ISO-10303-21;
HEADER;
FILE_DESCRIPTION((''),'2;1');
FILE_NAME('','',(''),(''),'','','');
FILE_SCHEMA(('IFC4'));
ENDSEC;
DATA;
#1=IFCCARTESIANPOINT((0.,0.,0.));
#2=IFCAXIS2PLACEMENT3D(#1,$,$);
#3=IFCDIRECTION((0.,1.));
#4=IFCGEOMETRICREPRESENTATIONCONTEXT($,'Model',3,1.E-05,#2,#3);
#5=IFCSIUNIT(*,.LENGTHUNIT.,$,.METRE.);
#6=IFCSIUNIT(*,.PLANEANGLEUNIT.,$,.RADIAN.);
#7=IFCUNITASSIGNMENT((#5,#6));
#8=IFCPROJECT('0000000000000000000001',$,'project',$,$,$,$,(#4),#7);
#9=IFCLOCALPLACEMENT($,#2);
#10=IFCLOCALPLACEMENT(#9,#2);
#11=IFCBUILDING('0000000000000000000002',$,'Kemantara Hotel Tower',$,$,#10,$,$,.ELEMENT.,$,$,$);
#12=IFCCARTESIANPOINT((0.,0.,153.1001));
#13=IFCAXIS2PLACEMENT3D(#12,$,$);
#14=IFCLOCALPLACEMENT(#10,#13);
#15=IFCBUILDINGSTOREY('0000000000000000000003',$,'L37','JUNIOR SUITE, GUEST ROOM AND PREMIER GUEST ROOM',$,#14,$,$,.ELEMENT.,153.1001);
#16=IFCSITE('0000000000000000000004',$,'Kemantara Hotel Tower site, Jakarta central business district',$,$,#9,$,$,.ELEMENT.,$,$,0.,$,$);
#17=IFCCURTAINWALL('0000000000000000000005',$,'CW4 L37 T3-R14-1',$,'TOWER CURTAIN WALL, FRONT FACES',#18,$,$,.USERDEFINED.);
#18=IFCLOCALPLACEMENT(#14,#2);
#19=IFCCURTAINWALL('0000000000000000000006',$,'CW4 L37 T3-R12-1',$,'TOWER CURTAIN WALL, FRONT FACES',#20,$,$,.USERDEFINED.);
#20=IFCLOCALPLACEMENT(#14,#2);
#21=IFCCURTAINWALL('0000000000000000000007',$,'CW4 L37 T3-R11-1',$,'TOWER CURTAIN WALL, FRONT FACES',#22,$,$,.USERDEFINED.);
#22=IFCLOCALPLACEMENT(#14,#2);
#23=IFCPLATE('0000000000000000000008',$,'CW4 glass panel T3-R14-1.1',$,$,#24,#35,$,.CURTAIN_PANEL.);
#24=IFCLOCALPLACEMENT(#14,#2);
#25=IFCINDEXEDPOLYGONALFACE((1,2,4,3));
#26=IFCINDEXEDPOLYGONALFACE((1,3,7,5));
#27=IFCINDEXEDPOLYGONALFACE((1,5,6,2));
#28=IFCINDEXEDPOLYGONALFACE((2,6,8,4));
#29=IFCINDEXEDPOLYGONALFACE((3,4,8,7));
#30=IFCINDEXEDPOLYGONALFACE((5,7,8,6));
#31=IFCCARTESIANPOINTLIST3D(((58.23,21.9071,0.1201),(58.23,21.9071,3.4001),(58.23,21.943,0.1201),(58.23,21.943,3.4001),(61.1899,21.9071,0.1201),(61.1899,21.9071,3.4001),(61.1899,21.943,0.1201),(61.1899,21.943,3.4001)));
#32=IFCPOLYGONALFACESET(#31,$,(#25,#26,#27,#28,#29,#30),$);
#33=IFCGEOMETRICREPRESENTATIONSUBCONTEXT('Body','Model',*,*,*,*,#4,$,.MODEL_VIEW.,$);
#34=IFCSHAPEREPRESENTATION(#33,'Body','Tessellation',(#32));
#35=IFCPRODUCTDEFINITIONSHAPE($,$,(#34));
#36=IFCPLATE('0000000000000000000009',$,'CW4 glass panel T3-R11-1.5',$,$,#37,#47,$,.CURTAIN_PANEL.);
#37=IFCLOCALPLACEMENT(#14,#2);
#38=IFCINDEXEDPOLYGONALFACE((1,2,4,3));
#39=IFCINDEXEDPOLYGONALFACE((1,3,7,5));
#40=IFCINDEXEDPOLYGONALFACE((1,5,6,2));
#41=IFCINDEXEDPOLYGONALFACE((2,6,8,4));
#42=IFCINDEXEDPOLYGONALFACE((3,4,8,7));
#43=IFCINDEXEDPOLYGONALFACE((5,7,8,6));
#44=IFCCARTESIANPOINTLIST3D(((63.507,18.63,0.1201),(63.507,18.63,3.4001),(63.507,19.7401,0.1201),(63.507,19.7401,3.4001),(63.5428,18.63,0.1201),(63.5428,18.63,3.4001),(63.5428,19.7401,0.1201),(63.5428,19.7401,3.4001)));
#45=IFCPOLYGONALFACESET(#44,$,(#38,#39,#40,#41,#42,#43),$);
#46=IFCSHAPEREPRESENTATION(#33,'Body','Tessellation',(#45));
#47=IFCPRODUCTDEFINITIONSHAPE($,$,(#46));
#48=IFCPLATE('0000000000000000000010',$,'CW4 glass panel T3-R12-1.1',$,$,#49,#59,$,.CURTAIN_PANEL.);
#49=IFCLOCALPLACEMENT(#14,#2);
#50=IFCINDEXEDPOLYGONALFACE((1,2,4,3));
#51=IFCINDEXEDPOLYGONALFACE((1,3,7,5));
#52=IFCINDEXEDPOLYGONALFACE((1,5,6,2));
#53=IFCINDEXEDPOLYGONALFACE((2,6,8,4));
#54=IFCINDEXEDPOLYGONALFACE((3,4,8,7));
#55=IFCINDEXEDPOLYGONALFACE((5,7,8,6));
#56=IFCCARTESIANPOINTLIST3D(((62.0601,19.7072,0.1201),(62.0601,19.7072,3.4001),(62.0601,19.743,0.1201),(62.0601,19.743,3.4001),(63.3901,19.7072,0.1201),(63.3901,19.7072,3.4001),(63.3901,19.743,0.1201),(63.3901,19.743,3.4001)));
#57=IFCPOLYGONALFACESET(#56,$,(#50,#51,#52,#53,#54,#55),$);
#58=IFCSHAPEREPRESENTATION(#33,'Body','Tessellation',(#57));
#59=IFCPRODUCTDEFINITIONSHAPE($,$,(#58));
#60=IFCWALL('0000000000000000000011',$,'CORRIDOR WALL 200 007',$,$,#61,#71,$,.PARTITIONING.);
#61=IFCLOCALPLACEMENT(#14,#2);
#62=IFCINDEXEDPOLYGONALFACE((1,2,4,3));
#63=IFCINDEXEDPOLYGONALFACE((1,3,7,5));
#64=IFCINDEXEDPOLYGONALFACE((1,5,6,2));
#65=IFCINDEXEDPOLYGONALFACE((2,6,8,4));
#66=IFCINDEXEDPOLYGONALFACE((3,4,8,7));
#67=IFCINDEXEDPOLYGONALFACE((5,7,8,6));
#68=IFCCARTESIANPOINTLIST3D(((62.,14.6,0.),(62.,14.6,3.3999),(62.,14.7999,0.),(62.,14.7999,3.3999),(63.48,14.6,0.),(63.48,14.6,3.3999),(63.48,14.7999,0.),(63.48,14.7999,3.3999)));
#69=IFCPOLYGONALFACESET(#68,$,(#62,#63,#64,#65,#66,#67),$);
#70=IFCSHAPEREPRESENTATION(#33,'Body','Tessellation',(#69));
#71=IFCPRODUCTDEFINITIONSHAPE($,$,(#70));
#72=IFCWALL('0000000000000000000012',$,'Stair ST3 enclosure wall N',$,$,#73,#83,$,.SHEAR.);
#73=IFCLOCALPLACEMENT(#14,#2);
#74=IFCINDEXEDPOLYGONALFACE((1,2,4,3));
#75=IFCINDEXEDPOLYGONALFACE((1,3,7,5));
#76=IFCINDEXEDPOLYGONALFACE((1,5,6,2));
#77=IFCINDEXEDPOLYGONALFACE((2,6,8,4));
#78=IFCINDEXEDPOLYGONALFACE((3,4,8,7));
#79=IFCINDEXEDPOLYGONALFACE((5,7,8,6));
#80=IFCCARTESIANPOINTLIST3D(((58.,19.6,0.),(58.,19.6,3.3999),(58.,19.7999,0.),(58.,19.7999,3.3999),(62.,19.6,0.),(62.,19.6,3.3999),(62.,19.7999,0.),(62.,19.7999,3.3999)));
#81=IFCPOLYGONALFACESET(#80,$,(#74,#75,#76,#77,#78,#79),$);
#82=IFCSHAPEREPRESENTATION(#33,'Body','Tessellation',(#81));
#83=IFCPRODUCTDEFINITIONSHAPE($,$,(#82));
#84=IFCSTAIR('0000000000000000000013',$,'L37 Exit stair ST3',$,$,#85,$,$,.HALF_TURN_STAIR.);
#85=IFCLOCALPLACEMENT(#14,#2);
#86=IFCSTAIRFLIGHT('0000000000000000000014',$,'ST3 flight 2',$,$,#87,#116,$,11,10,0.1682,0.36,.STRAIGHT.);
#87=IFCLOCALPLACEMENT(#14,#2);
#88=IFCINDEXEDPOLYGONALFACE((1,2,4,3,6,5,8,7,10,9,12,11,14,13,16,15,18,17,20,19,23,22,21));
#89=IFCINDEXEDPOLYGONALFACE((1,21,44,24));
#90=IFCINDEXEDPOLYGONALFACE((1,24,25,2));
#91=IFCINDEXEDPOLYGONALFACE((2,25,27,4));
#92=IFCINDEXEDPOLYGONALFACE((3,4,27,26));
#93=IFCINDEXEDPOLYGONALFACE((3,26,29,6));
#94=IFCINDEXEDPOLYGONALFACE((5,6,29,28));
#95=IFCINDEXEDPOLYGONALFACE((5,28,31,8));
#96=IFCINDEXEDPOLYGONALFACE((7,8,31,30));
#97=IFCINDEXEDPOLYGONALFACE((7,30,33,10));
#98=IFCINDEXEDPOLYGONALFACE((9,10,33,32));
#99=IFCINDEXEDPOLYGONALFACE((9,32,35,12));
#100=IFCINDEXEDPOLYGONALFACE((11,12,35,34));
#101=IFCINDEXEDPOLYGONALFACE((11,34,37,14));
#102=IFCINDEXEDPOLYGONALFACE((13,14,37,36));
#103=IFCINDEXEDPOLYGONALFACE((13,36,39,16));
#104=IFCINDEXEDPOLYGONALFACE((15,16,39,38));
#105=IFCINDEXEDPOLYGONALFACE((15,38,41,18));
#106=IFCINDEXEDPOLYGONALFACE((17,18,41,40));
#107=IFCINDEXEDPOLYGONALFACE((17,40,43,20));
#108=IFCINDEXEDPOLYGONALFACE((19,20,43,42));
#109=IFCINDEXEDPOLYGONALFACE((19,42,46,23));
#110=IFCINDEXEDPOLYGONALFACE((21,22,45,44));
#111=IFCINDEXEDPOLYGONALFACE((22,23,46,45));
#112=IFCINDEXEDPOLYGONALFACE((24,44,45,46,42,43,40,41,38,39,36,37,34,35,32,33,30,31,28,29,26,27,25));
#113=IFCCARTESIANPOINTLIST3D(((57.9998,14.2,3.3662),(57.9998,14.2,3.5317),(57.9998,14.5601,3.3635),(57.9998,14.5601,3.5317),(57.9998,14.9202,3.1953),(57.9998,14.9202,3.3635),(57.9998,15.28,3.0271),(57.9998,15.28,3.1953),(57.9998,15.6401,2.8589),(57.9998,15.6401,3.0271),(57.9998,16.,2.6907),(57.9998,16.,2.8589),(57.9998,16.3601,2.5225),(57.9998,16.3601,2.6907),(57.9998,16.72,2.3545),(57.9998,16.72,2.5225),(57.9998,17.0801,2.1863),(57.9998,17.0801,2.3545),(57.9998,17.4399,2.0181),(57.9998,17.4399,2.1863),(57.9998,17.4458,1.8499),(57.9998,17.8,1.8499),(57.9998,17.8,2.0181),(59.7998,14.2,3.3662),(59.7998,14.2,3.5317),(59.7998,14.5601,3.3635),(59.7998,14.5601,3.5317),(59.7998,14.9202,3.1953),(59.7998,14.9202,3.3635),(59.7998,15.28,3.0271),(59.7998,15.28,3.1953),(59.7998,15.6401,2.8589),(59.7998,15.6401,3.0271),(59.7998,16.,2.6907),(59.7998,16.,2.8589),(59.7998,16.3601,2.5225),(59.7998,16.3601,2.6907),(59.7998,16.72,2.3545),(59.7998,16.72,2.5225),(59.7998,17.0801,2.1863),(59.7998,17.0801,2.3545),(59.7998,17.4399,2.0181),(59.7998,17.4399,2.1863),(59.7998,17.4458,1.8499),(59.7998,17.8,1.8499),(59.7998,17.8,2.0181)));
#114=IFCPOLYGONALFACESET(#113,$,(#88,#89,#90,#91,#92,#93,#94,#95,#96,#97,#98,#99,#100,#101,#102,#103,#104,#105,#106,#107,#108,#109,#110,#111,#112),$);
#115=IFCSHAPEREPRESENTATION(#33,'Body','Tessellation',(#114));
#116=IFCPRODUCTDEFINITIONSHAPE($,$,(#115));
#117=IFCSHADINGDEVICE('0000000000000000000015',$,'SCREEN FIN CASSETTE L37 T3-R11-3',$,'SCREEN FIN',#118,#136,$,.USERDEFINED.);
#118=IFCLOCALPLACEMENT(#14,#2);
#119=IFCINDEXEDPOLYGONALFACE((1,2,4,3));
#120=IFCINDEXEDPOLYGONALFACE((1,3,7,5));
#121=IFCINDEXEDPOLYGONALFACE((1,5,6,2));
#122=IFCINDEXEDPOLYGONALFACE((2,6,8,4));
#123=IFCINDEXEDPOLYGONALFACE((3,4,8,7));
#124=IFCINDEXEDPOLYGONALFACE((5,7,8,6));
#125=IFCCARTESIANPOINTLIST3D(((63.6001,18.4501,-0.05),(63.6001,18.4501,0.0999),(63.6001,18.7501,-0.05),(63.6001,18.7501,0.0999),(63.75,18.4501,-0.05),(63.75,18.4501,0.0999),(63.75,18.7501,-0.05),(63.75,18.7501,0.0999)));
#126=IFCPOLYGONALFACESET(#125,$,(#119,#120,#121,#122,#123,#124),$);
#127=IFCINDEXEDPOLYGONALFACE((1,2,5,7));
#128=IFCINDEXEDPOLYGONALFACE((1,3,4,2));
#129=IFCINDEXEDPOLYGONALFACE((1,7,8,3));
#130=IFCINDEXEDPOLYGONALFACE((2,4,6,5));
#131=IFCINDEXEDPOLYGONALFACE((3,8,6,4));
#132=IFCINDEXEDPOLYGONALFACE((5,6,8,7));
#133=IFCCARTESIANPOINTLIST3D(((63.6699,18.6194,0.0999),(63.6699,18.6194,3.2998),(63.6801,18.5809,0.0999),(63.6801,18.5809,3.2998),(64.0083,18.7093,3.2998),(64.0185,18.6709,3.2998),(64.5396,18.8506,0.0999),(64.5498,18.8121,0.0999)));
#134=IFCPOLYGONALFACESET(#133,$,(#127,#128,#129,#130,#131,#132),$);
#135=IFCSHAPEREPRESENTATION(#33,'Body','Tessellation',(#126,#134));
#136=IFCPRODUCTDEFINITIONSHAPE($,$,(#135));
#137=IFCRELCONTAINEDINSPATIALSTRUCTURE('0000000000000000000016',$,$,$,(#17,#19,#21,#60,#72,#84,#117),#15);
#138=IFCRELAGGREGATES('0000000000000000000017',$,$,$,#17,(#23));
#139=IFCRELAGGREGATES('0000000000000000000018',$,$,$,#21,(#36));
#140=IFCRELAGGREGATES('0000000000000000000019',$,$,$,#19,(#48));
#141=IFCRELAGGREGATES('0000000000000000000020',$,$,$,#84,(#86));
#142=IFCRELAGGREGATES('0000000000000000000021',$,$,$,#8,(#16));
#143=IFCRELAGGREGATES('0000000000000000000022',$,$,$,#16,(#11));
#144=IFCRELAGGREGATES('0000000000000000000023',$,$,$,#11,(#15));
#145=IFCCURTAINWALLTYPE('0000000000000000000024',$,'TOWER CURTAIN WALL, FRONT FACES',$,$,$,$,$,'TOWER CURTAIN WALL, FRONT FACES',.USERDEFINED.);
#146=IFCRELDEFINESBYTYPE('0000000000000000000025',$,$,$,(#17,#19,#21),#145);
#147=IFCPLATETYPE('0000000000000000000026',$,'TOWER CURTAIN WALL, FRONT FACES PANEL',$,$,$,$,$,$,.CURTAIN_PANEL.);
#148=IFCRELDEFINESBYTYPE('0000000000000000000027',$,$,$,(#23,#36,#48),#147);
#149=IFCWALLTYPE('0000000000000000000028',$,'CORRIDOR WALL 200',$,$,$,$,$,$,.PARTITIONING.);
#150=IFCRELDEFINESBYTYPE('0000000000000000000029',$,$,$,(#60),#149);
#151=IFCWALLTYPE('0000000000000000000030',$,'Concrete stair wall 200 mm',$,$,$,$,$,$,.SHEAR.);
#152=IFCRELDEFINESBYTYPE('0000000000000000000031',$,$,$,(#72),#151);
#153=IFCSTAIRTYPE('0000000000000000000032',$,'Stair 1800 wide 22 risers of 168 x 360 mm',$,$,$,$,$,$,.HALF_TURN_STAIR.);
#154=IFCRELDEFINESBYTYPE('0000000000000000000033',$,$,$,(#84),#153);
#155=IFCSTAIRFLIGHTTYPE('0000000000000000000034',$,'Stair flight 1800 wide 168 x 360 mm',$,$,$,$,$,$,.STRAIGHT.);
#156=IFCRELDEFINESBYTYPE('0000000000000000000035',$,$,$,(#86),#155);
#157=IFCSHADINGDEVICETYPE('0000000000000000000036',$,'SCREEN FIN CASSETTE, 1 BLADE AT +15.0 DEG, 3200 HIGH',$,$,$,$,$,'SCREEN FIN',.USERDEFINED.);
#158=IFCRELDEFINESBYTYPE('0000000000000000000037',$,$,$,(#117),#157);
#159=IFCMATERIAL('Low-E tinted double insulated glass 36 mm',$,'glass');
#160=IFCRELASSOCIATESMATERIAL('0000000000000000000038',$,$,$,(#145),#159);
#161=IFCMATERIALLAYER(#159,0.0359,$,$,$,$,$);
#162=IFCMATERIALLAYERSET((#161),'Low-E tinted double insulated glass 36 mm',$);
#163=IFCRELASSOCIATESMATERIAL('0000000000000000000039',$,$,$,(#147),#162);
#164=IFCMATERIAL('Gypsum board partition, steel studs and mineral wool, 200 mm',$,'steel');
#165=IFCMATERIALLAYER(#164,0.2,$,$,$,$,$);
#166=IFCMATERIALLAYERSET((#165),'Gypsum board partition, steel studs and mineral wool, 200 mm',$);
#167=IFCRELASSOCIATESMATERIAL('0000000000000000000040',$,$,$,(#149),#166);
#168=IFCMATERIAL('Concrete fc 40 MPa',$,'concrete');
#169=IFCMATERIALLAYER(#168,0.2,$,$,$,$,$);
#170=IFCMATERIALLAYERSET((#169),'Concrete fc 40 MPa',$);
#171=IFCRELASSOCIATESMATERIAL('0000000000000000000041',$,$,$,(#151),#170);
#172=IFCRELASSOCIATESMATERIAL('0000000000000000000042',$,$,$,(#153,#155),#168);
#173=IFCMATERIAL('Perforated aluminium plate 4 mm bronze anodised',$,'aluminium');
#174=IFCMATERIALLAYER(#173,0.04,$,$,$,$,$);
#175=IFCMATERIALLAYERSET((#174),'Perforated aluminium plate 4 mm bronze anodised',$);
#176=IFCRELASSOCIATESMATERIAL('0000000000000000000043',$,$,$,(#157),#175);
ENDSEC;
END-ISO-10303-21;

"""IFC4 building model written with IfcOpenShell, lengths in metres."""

from ifc_helpers import new_model, si_unit, direction, frame, frame_2d, origin, origin_2d, place, context, subcontext, project, spatial, polyline, rectangle, outline, extrude, source, transform, mapped, material, layer, layer_set, type_object, element, aggregate, save


model = new_model("IFC4")

# Units and contexts
model_context = context("Model", 3, precision=1e-05, world=origin(), true_north=direction((0.0, 1.0)))
body_context = subcontext(model_context, "Body", "Model", "MODEL_VIEW")
ifc_project = project(units=[si_unit("LENGTHUNIT", "METRE"), si_unit("PLANEANGLEUNIT", "RADIAN")], contexts=[model_context])

# Site, building, storey
site_placement = place(None, origin())
site = spatial("IfcSite", under=ifc_project, at=site_placement, Name="Kemantara Hotel Tower site, Jakarta central business district", CompositionType="ELEMENT", RefElevation=0.0)
building_placement = place(site_placement, origin())
building = spatial("IfcBuilding", under=site, at=building_placement, Name="Kemantara Hotel Tower", CompositionType="ELEMENT")
storey_placement = place(building_placement, frame((0.0, 0.0, 153.1001)))
storey = spatial("IfcBuildingStorey", under=building, at=storey_placement, Name="L37", Description="JUNIOR SUITE, GUEST ROOM AND PREMIER GUEST ROOM", CompositionType="ELEMENT", Elevation=153.1001)

# Curtain walls
ifc_material_1 = material(Name="Low-E tinted double insulated glass 36 mm", Category="glass")
curtain_wall_type = type_object("IfcCurtainWallType", Name="TOWER CURTAIN WALL, FRONT FACES", ElementType="TOWER CURTAIN WALL, FRONT FACES", PredefinedType="USERDEFINED", material=ifc_material_1)
curtain_wall_1_placement = place(storey_placement, origin())
curtain_wall_1 = element("IfcCurtainWall", 1, at=curtain_wall_1_placement, inside=storey, type_object=curtain_wall_type, Name="CW4 L37 T3-R14-1", ObjectType="TOWER CURTAIN WALL, FRONT FACES", PredefinedType="USERDEFINED")
curtain_wall_2_placement = place(storey_placement, origin())
curtain_wall_2 = element("IfcCurtainWall", 2, at=curtain_wall_2_placement, inside=storey, type_object=curtain_wall_type, Name="CW4 L37 T3-R12-1", ObjectType="TOWER CURTAIN WALL, FRONT FACES", PredefinedType="USERDEFINED")

# Curtain wall
curtain_wall_3_placement = place(storey_placement, origin())
curtain_wall_3 = element("IfcCurtainWall", 3, at=curtain_wall_3_placement, inside=storey, type_object=curtain_wall_type, Name="CW4 L37 T3-R11-1", ObjectType="TOWER CURTAIN WALL, FRONT FACES", PredefinedType="USERDEFINED")

# Plates
ifc_layer_1 = layer(ifc_material_1, 0.0359)
ifc_layer_set_1 = layer_set([ifc_layer_1], Name="Low-E tinted double insulated glass 36 mm")
plate_type = type_object("IfcPlateType", Name="TOWER CURTAIN WALL, FRONT FACES PANEL", PredefinedType="CURTAIN_PANEL", material=ifc_layer_set_1)
shared_shape_1 = source(origin(), body_context, "Body", "SweptSolid", [
    extrude(rectangle(XDim=2.96, YDim=0.0359, at=origin_2d()), origin(), (0.0, 0.0, 1.0), 3.28),
])
plate_1_placement = place(storey_placement, frame((59.71, 21.925, 0.1201), z_axis=(0.0, 0.0, 1.0), x_axis=(-1.0, 0.0, 0.0)))
plate_1 = element("IfcPlate", 4, at=plate_1_placement, type_object=plate_type, Name="CW4 glass panel T3-R14-1.1", PredefinedType="CURTAIN_PANEL", context=body_context, shape_type="MappedRepresentation", body=[
    mapped(shared_shape_1, transform((0.0, 0.0, 0.0))),
])
aggregate(curtain_wall_1, [plate_1])
shared_shape_2 = source(origin(), body_context, "Body", "SweptSolid", [
    extrude(rectangle(XDim=1.1101, YDim=0.0359, at=origin_2d()), origin(), (0.0, 0.0, 1.0), 3.28),
])
plate_2_placement = place(storey_placement, frame((63.5249, 19.1851, 0.1201), z_axis=(0.0, 0.0, 1.0), x_axis=(0.0, 1.0, 0.0)))
plate_2 = element("IfcPlate", 5, at=plate_2_placement, type_object=plate_type, Name="CW4 glass panel T3-R11-1.5", PredefinedType="CURTAIN_PANEL", context=body_context, shape_type="MappedRepresentation", body=[
    mapped(shared_shape_2, transform((0.0, 0.0, 0.0))),
])
aggregate(curtain_wall_3, [plate_2])
shared_shape_3 = source(origin(), body_context, "Body", "SweptSolid", [
    extrude(rectangle(XDim=1.3301, YDim=0.0359, at=origin_2d()), origin(), (0.0, 0.0, 1.0), 3.28),
])
plate_3_placement = place(storey_placement, frame((62.7251, 19.7251, 0.1201), z_axis=(0.0, 0.0, 1.0), x_axis=(-1.0, 0.0, 0.0)))
plate_3 = element("IfcPlate", 6, at=plate_3_placement, type_object=plate_type, Name="CW4 glass panel T3-R12-1.1", PredefinedType="CURTAIN_PANEL", context=body_context, shape_type="MappedRepresentation", body=[
    mapped(shared_shape_3, transform((0.0, 0.0, 0.0))),
])
aggregate(curtain_wall_2, [plate_3])

# Walls
ifc_material_2 = material(Name="Gypsum board partition, steel studs and mineral wool, 200 mm", Category="steel")
ifc_layer_2 = layer(ifc_material_2, 0.2)
ifc_layer_set_2 = layer_set([ifc_layer_2], Name="Gypsum board partition, steel studs and mineral wool, 200 mm")
wall_type_1 = type_object("IfcWallType", Name="CORRIDOR WALL 200", PredefinedType="PARTITIONING", material=ifc_layer_set_2)
wall_1_placement = place(storey_placement, frame((62.0, 14.7, 0.0), z_axis=(0.0, 0.0, 1.0), x_axis=(1.0, 0.0, 0.0)))
element("IfcWall", 7, at=wall_1_placement, inside=storey, type_object=wall_type_1, Name="CORRIDOR WALL 200 007", PredefinedType="PARTITIONING", context=body_context, shape_type="SweptSolid", body=[
    extrude(rectangle(XDim=1.48, YDim=0.2, at=frame_2d((0.74, 0.0))), origin(), (0.0, 0.0, 1.0), 3.3999),
])
ifc_material_3 = material(Name="Concrete fc 40 MPa", Category="concrete")
ifc_layer_3 = layer(ifc_material_3, 0.2)
ifc_layer_set_3 = layer_set([ifc_layer_3], Name="Concrete fc 40 MPa")
wall_type_2 = type_object("IfcWallType", Name="Concrete stair wall 200 mm", PredefinedType="SHEAR", material=ifc_layer_set_3)
wall_2_placement = place(storey_placement, frame((58.0, 19.7, 0.0), z_axis=(0.0, 0.0, 1.0), x_axis=(1.0, 0.0, 0.0)))
element("IfcWall", 8, at=wall_2_placement, inside=storey, type_object=wall_type_2, Name="Stair ST3 enclosure wall N", PredefinedType="SHEAR", context=body_context, shape_type="SweptSolid", body=[
    extrude(rectangle(XDim=4.0, YDim=0.2, at=frame_2d((2.0, 0.0))), origin(), (0.0, 0.0, 1.0), 3.3999),
])

# Stair, stair flight
stair_type = type_object("IfcStairType", Name="Stair 1800 wide 22 risers of 168 x 360 mm", PredefinedType="HALF_TURN_STAIR", material=ifc_material_3)
stair_placement = place(storey_placement, origin())
stair = element("IfcStair", 9, at=stair_placement, inside=storey, type_object=stair_type, Name="L37 Exit stair ST3", PredefinedType="HALF_TURN_STAIR")
stair_flight_type = type_object("IfcStairFlightType", Name="Stair flight 1800 wide 168 x 360 mm", PredefinedType="STRAIGHT", material=ifc_material_3)
stair_flight_placement = place(storey_placement, frame((58.8999, 17.8, 1.8499), z_axis=(0.0, 0.0, 1.0), x_axis=(0.0, -1.0, 0.0)))
stair_flight = element("IfcStairFlight", 10, at=stair_flight_placement, type_object=stair_flight_type, Name="ST3 flight 2", NumberOfRisers=11, NumberOfTreads=10, PredefinedType="STRAIGHT", RiserHeight=0.1682, TreadLength=0.36, context=body_context, shape_type="SweptSolid", body=[
    extrude(outline(polyline([(0.0, 0.0), (0.0, 0.1682), (0.3601, 0.1682), (0.3601, 0.3364), (0.72, 0.3364), (0.72, 0.5046), (1.0801, 0.5046), (1.0801, 0.6726), (1.4399, 0.6726), (1.4399, 0.8408), (1.8, 0.8408), (1.8, 1.009), (2.1599, 1.009), (2.1599, 1.1772), (2.52, 1.1772), (2.52, 1.3455), (2.8799, 1.3455), (2.8799, 1.5137), (3.24, 1.5137), (3.24, 1.6819), (3.6001, 1.6819), (3.6001, 1.8501), (3.6001, 1.5164), (0.3542, 0.0), (0.0, 0.0)])), frame((0.0, 0.8999, 0.0), z_axis=(0.0, -1.0, 0.0), x_axis=(1.0, 0.0, 0.0)), (0.0, 0.0, 1.0), 1.8),
])
aggregate(stair, [stair_flight])

# Shading device
ifc_material_4 = material(Name="Perforated aluminium plate 4 mm bronze anodised", Category="aluminium")
ifc_layer_4 = layer(ifc_material_4, 0.04)
ifc_layer_set_4 = layer_set([ifc_layer_4], Name="Perforated aluminium plate 4 mm bronze anodised")
shading_device_type = type_object("IfcShadingDeviceType", Name="SCREEN FIN CASSETTE, 1 BLADE AT +15.0 DEG, 3200 HIGH", ElementType="SCREEN FIN", PredefinedType="USERDEFINED", material=ifc_layer_set_4)
shared_shape_4 = source(origin(), body_context, "Body", "SweptSolid", [
    extrude(rectangle(XDim=0.3, YDim=0.1499, at=origin_2d()), frame((0.0, -0.075, -0.1499), z_axis=(0.0, 0.0, 1.0), x_axis=(1.0, 0.0, 0.0)), (0.0, 0.0, 1.0), 0.1499),
    extrude(outline(polyline([(0.0, 0.0), (0.8999, 0.0), (0.3501, 3.2), (0.0, 3.2), (0.0, 0.0)])), frame((0.0193, -0.0698, 0.0), z_axis=(-0.966438, -0.256901, 0.0), x_axis=(0.256901, -0.966438, 0.0)), (0.0, 0.0, 1.0), 0.0398),
])
shading_device_placement = place(storey_placement, frame((63.6001, 18.6001, 0.0999), z_axis=(0.0, 0.0, 1.0), x_axis=(0.0, 1.0, 0.0)))
element("IfcShadingDevice", 11, at=shading_device_placement, inside=storey, type_object=shading_device_type, Name="SCREEN FIN CASSETTE L37 T3-R11-3", ObjectType="SCREEN FIN", PredefinedType="USERDEFINED", context=body_context, shape_type="MappedRepresentation", body=[
    mapped(shared_shape_4, transform((0.0, 0.0, 0.0))),
])

save(model, "model.ifc")
